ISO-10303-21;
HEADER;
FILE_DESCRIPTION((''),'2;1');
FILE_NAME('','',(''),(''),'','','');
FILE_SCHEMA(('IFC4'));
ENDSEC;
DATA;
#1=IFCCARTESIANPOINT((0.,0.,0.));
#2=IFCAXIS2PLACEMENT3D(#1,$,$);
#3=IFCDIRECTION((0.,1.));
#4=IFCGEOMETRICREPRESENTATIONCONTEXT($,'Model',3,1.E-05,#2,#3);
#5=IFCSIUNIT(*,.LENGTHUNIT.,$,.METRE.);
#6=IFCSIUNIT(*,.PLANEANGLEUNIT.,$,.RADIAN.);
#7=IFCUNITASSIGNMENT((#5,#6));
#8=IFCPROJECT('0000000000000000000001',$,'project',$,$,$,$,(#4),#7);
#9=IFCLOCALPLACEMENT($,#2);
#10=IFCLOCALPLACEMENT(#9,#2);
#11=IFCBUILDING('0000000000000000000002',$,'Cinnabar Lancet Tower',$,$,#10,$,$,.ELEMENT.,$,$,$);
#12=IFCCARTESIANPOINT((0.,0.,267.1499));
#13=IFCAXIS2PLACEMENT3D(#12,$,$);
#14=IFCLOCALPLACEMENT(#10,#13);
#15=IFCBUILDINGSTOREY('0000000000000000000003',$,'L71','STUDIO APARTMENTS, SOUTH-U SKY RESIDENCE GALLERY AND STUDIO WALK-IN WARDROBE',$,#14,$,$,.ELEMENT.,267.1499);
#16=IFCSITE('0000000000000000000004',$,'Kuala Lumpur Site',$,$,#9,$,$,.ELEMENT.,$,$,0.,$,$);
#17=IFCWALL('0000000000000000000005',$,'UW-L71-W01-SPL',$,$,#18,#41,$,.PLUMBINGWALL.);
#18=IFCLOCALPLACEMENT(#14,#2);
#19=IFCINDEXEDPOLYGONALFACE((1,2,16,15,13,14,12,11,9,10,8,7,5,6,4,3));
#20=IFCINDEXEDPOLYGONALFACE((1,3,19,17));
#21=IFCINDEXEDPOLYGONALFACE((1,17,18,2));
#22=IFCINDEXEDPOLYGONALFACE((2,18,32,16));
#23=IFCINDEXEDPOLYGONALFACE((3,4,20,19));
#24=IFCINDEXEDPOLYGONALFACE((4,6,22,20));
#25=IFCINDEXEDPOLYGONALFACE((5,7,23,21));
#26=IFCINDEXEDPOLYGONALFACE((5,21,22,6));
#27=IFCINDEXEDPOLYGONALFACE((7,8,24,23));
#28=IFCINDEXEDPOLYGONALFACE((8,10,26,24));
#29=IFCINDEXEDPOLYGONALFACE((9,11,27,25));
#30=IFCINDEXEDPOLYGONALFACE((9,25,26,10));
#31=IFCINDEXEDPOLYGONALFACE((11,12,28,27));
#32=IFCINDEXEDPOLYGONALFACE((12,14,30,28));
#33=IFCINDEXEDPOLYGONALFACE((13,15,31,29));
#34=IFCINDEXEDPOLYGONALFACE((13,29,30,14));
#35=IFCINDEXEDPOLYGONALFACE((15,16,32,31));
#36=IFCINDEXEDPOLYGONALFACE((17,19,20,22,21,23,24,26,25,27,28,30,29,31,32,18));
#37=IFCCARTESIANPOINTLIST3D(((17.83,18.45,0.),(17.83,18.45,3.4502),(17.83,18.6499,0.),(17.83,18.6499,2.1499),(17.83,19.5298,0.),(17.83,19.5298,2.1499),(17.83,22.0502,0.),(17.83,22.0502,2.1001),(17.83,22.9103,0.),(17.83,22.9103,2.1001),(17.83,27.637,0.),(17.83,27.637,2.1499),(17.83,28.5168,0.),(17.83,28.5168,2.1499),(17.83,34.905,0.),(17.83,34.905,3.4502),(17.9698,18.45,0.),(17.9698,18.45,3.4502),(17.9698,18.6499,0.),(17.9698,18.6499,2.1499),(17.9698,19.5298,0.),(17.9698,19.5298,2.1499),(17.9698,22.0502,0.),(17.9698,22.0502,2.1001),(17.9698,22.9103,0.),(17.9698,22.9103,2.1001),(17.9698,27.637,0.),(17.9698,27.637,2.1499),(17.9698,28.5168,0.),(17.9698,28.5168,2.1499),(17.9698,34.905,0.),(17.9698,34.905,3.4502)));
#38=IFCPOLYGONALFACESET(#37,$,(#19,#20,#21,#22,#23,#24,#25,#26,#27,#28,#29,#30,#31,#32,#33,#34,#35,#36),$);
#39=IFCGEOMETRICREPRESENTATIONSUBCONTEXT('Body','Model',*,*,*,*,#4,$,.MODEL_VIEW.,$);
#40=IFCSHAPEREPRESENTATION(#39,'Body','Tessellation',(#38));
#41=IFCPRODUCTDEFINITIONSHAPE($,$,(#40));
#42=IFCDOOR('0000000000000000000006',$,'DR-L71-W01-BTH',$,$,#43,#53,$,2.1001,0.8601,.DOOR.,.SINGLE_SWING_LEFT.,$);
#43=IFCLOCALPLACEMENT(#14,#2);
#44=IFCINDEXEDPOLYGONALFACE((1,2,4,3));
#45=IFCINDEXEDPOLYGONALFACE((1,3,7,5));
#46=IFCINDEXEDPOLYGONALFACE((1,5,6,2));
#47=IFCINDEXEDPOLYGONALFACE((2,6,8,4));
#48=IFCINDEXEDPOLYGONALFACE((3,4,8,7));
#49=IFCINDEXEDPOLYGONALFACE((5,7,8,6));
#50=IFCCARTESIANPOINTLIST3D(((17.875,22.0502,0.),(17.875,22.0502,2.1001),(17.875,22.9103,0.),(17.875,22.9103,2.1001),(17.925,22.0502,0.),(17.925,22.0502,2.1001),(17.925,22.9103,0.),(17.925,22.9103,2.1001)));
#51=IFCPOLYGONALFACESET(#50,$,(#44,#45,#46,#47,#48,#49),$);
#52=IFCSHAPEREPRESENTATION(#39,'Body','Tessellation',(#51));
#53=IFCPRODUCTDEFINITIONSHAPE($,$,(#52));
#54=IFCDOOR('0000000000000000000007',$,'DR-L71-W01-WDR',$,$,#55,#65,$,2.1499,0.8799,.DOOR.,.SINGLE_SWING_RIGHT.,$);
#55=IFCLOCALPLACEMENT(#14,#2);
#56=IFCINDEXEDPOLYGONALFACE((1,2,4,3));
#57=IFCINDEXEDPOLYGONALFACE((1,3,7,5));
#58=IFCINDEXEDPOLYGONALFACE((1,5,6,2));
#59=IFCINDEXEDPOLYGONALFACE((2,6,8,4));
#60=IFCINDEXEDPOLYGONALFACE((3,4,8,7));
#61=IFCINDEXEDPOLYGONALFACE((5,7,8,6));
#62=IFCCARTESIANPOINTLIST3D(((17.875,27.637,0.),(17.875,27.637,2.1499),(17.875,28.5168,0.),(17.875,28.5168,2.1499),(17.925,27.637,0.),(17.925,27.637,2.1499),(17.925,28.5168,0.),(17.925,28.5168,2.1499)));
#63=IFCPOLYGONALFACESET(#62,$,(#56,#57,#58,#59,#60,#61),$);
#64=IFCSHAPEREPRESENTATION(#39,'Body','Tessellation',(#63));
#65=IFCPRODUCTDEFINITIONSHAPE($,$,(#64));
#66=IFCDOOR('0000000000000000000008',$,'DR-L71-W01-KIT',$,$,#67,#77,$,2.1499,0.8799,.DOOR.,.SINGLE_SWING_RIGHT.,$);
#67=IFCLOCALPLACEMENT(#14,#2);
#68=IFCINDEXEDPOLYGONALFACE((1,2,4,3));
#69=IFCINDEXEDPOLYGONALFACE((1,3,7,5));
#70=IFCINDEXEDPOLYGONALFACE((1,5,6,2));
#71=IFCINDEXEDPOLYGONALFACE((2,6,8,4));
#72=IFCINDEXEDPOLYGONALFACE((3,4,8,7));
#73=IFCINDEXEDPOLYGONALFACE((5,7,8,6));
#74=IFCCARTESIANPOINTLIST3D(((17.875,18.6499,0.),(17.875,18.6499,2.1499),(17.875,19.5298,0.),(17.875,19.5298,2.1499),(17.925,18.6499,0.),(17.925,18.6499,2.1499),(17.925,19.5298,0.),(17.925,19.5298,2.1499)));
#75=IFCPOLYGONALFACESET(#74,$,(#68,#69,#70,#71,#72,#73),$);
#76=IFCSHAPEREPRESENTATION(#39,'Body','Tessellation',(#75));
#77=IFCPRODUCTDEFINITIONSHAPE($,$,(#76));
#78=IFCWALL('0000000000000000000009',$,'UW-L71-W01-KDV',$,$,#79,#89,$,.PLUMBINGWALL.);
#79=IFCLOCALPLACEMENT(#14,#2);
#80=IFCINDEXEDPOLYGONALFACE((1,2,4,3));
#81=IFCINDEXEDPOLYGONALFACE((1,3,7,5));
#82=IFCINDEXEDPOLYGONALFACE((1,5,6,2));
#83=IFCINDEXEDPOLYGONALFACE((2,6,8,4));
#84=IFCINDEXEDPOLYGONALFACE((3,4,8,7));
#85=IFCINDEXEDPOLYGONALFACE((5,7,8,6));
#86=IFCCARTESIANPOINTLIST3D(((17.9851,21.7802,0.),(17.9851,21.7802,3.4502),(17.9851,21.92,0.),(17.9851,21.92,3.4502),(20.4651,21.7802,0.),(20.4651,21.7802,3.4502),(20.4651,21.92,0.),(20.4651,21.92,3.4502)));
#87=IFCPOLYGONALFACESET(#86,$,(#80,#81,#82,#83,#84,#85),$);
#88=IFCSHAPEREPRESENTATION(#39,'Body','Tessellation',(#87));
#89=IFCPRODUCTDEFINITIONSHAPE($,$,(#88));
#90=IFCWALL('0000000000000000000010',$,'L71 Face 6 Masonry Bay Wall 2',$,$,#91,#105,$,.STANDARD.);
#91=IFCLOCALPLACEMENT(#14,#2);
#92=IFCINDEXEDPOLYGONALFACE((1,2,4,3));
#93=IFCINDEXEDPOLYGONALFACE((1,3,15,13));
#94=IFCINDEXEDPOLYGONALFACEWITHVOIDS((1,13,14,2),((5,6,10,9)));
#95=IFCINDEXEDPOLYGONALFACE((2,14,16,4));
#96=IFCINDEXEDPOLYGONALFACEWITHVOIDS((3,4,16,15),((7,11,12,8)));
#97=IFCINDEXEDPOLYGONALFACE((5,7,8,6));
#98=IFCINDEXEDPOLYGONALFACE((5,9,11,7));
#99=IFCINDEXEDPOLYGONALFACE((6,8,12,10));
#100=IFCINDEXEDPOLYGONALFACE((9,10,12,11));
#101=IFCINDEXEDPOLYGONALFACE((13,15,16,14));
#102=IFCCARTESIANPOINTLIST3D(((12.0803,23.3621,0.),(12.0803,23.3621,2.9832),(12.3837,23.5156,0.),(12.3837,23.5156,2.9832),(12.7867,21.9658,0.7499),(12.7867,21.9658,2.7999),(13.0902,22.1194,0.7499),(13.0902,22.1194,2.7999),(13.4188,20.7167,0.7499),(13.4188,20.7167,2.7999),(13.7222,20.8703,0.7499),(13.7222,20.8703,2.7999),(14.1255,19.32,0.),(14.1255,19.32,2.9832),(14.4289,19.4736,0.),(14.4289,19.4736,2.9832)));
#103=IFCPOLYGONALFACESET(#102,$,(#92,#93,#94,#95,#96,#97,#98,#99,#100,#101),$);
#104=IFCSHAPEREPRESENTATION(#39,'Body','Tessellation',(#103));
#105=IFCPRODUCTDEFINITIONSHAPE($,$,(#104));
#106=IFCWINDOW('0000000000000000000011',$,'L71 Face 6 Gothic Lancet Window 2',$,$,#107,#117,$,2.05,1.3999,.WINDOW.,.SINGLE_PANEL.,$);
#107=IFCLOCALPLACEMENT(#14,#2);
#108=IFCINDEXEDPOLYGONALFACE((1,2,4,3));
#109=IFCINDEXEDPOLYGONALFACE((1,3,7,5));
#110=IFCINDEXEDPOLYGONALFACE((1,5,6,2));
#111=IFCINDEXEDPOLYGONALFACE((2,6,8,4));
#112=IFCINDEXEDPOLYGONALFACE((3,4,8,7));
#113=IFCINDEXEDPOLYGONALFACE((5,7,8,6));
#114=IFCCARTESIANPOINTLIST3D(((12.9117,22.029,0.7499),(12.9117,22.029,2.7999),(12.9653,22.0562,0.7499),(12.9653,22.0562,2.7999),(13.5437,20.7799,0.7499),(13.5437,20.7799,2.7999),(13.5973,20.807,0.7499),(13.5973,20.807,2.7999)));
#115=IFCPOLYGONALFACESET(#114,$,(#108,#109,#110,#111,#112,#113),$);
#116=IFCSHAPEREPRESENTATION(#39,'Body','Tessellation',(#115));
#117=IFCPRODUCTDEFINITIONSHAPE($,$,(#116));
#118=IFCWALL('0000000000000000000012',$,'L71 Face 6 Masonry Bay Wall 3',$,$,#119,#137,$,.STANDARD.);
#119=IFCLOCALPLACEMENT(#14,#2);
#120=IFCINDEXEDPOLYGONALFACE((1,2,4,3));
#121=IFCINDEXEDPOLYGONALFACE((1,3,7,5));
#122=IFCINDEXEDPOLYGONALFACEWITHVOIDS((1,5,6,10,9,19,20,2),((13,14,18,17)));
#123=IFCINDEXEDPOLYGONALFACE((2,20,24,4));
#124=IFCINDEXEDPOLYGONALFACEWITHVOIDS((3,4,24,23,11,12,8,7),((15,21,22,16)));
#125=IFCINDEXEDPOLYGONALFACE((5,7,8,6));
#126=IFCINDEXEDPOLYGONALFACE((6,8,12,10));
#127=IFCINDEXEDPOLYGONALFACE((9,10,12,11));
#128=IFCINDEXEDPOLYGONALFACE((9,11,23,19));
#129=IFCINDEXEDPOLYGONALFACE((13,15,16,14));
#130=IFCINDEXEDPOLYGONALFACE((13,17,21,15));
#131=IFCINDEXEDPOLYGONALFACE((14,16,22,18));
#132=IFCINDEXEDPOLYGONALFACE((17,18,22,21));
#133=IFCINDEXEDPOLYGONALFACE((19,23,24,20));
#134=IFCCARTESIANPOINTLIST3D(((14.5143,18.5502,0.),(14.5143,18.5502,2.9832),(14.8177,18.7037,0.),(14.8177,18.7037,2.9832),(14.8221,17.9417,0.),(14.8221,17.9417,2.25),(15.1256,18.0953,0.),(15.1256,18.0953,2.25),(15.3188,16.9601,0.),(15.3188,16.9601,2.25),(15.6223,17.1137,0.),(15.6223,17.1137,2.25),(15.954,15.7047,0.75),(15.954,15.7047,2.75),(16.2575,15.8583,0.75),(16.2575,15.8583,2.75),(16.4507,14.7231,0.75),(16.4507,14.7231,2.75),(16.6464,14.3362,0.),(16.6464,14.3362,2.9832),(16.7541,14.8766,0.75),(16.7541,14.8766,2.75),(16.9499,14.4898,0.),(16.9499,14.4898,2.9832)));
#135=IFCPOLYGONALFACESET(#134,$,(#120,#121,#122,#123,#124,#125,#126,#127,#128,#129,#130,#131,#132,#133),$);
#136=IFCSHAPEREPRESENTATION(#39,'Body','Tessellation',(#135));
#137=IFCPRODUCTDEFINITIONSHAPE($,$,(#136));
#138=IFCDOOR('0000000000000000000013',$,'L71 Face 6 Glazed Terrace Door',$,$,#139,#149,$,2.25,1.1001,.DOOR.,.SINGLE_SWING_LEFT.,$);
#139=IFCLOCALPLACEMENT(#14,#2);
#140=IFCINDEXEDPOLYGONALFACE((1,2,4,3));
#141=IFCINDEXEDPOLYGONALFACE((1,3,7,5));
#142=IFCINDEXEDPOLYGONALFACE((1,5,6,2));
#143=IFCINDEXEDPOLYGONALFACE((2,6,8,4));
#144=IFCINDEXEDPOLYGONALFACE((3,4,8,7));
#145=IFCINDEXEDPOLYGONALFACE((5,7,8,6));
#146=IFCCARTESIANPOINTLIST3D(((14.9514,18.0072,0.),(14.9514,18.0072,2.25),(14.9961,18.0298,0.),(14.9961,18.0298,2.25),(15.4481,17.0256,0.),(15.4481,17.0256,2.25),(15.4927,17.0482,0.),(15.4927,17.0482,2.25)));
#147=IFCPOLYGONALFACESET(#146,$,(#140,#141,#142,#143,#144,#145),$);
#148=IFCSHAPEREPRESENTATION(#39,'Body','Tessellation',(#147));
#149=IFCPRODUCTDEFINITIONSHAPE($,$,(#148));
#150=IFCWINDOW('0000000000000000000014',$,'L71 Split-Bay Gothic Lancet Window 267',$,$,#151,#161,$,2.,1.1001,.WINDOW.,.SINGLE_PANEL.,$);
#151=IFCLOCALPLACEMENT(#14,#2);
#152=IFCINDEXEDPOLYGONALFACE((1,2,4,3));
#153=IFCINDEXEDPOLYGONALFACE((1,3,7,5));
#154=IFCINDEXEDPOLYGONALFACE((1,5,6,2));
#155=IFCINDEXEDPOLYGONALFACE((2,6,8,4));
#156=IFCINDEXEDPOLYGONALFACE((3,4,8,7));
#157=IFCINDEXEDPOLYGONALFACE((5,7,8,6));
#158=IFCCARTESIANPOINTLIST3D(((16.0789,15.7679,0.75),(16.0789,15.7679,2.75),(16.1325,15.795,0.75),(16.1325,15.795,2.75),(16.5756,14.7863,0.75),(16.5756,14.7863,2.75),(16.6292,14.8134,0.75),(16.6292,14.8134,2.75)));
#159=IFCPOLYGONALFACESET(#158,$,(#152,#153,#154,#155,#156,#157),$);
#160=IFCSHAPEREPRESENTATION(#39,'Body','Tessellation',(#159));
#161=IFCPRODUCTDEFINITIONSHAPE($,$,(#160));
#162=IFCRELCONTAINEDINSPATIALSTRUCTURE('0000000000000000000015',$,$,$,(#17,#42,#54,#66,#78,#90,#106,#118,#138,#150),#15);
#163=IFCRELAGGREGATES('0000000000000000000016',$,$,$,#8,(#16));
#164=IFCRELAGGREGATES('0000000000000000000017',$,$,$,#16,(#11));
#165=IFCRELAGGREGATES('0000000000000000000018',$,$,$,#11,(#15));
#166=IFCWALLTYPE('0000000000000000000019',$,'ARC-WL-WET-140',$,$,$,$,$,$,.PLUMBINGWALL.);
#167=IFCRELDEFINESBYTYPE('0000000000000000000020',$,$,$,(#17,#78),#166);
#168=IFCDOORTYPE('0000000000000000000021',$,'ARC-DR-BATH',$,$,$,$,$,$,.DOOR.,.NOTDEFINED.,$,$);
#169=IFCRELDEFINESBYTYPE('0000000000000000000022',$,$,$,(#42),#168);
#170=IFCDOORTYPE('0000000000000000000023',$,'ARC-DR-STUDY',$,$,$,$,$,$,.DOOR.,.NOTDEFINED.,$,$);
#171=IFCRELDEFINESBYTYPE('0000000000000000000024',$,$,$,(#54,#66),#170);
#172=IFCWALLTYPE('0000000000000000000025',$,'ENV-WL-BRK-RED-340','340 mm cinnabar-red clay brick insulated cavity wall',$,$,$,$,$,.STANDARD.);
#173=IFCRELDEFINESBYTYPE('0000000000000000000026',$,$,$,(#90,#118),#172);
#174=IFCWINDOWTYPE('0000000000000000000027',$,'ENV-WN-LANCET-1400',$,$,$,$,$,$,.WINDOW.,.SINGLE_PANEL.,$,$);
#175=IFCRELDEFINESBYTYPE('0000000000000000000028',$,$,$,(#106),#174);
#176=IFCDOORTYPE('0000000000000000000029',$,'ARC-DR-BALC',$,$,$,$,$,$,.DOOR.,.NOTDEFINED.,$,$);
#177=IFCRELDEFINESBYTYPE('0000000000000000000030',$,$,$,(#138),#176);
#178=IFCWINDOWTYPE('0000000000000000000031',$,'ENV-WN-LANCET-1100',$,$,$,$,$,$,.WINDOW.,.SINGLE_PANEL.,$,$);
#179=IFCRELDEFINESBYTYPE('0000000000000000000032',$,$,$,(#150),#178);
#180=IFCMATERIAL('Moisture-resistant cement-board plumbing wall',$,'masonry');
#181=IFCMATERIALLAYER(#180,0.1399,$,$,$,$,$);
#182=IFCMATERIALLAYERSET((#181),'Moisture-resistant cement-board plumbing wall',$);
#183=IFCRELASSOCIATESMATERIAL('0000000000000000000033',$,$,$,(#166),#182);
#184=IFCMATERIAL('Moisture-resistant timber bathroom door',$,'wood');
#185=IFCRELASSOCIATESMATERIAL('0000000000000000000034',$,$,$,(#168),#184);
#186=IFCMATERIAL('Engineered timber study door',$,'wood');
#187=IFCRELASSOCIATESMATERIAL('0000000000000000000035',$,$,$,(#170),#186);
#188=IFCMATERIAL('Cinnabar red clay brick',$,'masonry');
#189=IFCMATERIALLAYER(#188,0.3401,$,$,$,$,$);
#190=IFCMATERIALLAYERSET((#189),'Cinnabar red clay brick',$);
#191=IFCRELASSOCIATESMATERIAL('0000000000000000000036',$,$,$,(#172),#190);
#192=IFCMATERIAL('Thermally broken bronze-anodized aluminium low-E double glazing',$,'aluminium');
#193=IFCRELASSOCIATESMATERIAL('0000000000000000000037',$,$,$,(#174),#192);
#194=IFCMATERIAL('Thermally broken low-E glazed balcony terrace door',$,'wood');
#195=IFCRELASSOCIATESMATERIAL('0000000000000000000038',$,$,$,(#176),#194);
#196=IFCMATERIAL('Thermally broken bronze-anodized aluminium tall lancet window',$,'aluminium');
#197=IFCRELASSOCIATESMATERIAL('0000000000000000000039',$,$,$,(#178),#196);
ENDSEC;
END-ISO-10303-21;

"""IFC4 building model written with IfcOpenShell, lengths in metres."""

from ifc_helpers import new_model, si_unit, direction, frame, frame_2d, origin, place, context, subcontext, project, spatial, rectangle, extrude, material, layer, layer_set, type_object, element, fill, save


model = new_model("IFC4")

# Units and contexts
model_context = context("Model", 3, precision=1e-05, world=origin(), true_north=direction((0.0, 1.0)))
body_context = subcontext(model_context, "Body", "Model", "MODEL_VIEW")
ifc_project = project(units=[si_unit("LENGTHUNIT", "METRE"), si_unit("PLANEANGLEUNIT", "RADIAN")], contexts=[model_context])

# Site, building, storey
site_placement = place(None, origin())
site = spatial("IfcSite", under=ifc_project, at=site_placement, Name="Kuala Lumpur Site", CompositionType="ELEMENT", RefElevation=0.0)
building_placement = place(site_placement, origin())
building = spatial("IfcBuilding", under=site, at=building_placement, Name="Cinnabar Lancet Tower", CompositionType="ELEMENT")
storey_placement = place(building_placement, frame((0.0, 0.0, 267.1499)))
storey = spatial("IfcBuildingStorey", under=building, at=storey_placement, Name="L71", Description="STUDIO APARTMENTS, SOUTH-U SKY RESIDENCE GALLERY AND STUDIO WALK-IN WARDROBE", CompositionType="ELEMENT", Elevation=267.1499)

# Wall, openings, doors
ifc_material_1 = material(Name="Moisture-resistant cement-board plumbing wall", Category="masonry")
ifc_layer_1 = layer(ifc_material_1, 0.1399)
ifc_layer_set_1 = layer_set([ifc_layer_1], Name="Moisture-resistant cement-board plumbing wall")
wall_type_1 = type_object("IfcWallType", Name="ARC-WL-WET-140", PredefinedType="PLUMBINGWALL", material=ifc_layer_set_1)
wall_1_placement = place(storey_placement, frame((17.8999, 18.45, 0.0), z_axis=(0.0, 0.0, 1.0), x_axis=(0.0, 1.0, 0.0)))
wall_1 = element("IfcWall", 1, at=wall_1_placement, inside=storey, type_object=wall_type_1, Name="UW-L71-W01-SPL", PredefinedType="PLUMBINGWALL", context=body_context, shape_type="SweptSolid", body=[
    extrude(rectangle(XDim=16.4551, YDim=0.1399, at=frame_2d((8.2275, 0.0))), origin(), (0.0, 0.0, 1.0), 3.4502),
])
opening_1_placement = place(wall_1_placement, frame((3.6001, 0.0, 0.0)))
opening_1 = element("IfcOpeningElement", 2, at=opening_1_placement, cuts=wall_1, PredefinedType="OPENING", context=body_context, shape_type="SweptSolid", body=[
    extrude(rectangle(XDim=0.8601, YDim=2.1001, at=frame_2d((0.4302, 1.05))), frame((0.0, 0.0798, 0.0), z_axis=(0.0, -1.0, 0.0), x_axis=(1.0, 0.0, 0.0)), (0.0, 0.0, 1.0), 0.1599),
])
opening_2_placement = place(wall_1_placement, frame((9.187, 0.0, 0.0)))
opening_2 = element("IfcOpeningElement", 3, at=opening_2_placement, cuts=wall_1, PredefinedType="OPENING", context=body_context, shape_type="SweptSolid", body=[
    extrude(rectangle(XDim=0.8799, YDim=2.1499, at=frame_2d((0.4399, 1.075))), frame((0.0, 0.0798, 0.0), z_axis=(0.0, -1.0, 0.0), x_axis=(1.0, 0.0, 0.0)), (0.0, 0.0, 1.0), 0.1599),
])
opening_3_placement = place(wall_1_placement, frame((0.2, 0.0, 0.0)))
opening_3 = element("IfcOpeningElement", 4, at=opening_3_placement, cuts=wall_1, PredefinedType="OPENING", context=body_context, shape_type="SweptSolid", body=[
    extrude(rectangle(XDim=0.8799, YDim=2.1499, at=frame_2d((0.4399, 1.075))), frame((0.0, 0.0798, 0.0), z_axis=(0.0, -1.0, 0.0), x_axis=(1.0, 0.0, 0.0)), (0.0, 0.0, 1.0), 0.1599),
])
ifc_material_2 = material(Name="Moisture-resistant timber bathroom door", Category="wood")
door_type_1 = type_object("IfcDoorType", Name="ARC-DR-BATH", OperationType="NOTDEFINED", PredefinedType="DOOR", material=ifc_material_2)
door_1_placement = place(opening_1_placement, origin())
door_1 = element("IfcDoor", 5, at=door_1_placement, inside=storey, type_object=door_type_1, Name="DR-L71-W01-BTH", OperationType="SINGLE_SWING_LEFT", OverallHeight=2.1001, OverallWidth=0.8601, PredefinedType="DOOR", context=body_context, shape_type="SweptSolid", body=[
    extrude(rectangle(XDim=0.8601, YDim=2.1001, at=frame_2d((0.4302, 1.05))), frame((0.0, 0.0249, 0.0), z_axis=(0.0, -1.0, 0.0), x_axis=(1.0, 0.0, 0.0)), (0.0, 0.0, 1.0), 0.05),
])
fill(opening_1, door_1)
ifc_material_3 = material(Name="Engineered timber study door", Category="wood")
door_type_2 = type_object("IfcDoorType", Name="ARC-DR-STUDY", OperationType="NOTDEFINED", PredefinedType="DOOR", material=ifc_material_3)
door_2_placement = place(opening_2_placement, origin())
door_2 = element("IfcDoor", 6, at=door_2_placement, inside=storey, type_object=door_type_2, Name="DR-L71-W01-WDR", OperationType="SINGLE_SWING_RIGHT", OverallHeight=2.1499, OverallWidth=0.8799, PredefinedType="DOOR", context=body_context, shape_type="SweptSolid", body=[
    extrude(rectangle(XDim=0.8799, YDim=2.1499, at=frame_2d((0.4399, 1.075))), frame((0.0, 0.0249, 0.0), z_axis=(0.0, -1.0, 0.0), x_axis=(1.0, 0.0, 0.0)), (0.0, 0.0, 1.0), 0.05),
])
fill(opening_2, door_2)
door_3_placement = place(opening_3_placement, origin())
door_3 = element("IfcDoor", 7, at=door_3_placement, inside=storey, type_object=door_type_2, Name="DR-L71-W01-KIT", OperationType="SINGLE_SWING_RIGHT", OverallHeight=2.1499, OverallWidth=0.8799, PredefinedType="DOOR", context=body_context, shape_type="SweptSolid", body=[
    extrude(rectangle(XDim=0.8799, YDim=2.1499, at=frame_2d((0.4399, 1.075))), frame((0.0, 0.0249, 0.0), z_axis=(0.0, -1.0, 0.0), x_axis=(1.0, 0.0, 0.0)), (0.0, 0.0, 1.0), 0.05),
])
fill(opening_3, door_3)

# Wall
wall_2_placement = place(storey_placement, frame((17.9851, 21.8501, 0.0), z_axis=(0.0, 0.0, 1.0), x_axis=(1.0, 0.0, 0.0)))
element("IfcWall", 8, at=wall_2_placement, inside=storey, type_object=wall_type_1, Name="UW-L71-W01-KDV", PredefinedType="PLUMBINGWALL", context=body_context, shape_type="SweptSolid", body=[
    extrude(rectangle(XDim=2.48, YDim=0.1399, at=frame_2d((1.24, 0.0))), origin(), (0.0, 0.0, 1.0), 3.4502),
])

# Wall, opening, window
ifc_material_4 = material(Name="Cinnabar red clay brick", Category="masonry")
ifc_layer_2 = layer(ifc_material_4, 0.3401)
ifc_layer_set_2 = layer_set([ifc_layer_2], Name="Cinnabar red clay brick")
wall_type_2 = type_object("IfcWallType", Name="ENV-WL-BRK-RED-340", Description="340 mm cinnabar-red clay brick insulated cavity wall", PredefinedType="STANDARD", material=ifc_layer_set_2)
wall_3_placement = place(storey_placement, frame((12.2319, 23.439, 0.0), z_axis=(0.0, 0.0, 1.0), x_axis=(0.451477, -0.892283, 0.0)))
wall_3 = element("IfcWall", 9, at=wall_3_placement, inside=storey, type_object=wall_type_2, Name="L71 Face 6 Masonry Bay Wall 2", PredefinedType="STANDARD", context=body_context, shape_type="SweptSolid", body=[
    extrude(rectangle(XDim=4.53, YDim=0.3401, at=frame_2d((2.2651, 0.0))), origin(), (0.0, 0.0, 1.0), 2.9832),
])
opening_4_placement = place(wall_3_placement, frame((1.5649, 0.0, 0.75)))
opening_4 = element("IfcOpeningElement", 10, at=opening_4_placement, cuts=wall_3, PredefinedType="OPENING", context=body_context, shape_type="SweptSolid", body=[
    extrude(rectangle(XDim=1.3999, YDim=2.05, at=frame_2d((0.7, 1.0249))), frame((0.0, 0.1799, 0.0), z_axis=(0.0, -1.0, 0.0), x_axis=(1.0, 0.0, 0.0)), (0.0, 0.0, 1.0), 0.3601),
])
ifc_material_5 = material(Name="Thermally broken bronze-anodized aluminium low-E double glazing", Category="aluminium")
window_type_1 = type_object("IfcWindowType", Name="ENV-WN-LANCET-1400", PartitioningType="SINGLE_PANEL", PredefinedType="WINDOW", material=ifc_material_5)
window_1_placement = place(opening_4_placement, origin())
window_1 = element("IfcWindow", 11, at=window_1_placement, inside=storey, type_object=window_type_1, Name="L71 Face 6 Gothic Lancet Window 2", OverallHeight=2.05, OverallWidth=1.3999, PartitioningType="SINGLE_PANEL", PredefinedType="WINDOW", context=body_context, shape_type="SweptSolid", body=[
    extrude(rectangle(XDim=1.3999, YDim=2.05, at=frame_2d((0.7, 1.0249))), frame((0.0, 0.03, 0.0), z_axis=(0.0, -1.0, 0.0), x_axis=(1.0, 0.0, 0.0)), (0.0, 0.0, 1.0), 0.0601),
])
fill(opening_4, window_1)

# Wall, openings, door, window
wall_4_placement = place(storey_placement, frame((14.666, 18.627, 0.0), z_axis=(0.0, 0.0, 1.0), x_axis=(0.451468, -0.892287, 0.0)))
wall_4 = element("IfcWall", 12, at=wall_4_placement, inside=storey, type_object=wall_type_2, Name="L71 Face 6 Masonry Bay Wall 3", PredefinedType="STANDARD", context=body_context, shape_type="SweptSolid", body=[
    extrude(rectangle(XDim=4.7227, YDim=0.3401, at=frame_2d((2.3613, 0.0))), origin(), (0.0, 0.0, 1.0), 2.9832),
])
opening_5_placement = place(wall_4_placement, frame((0.6819, 0.0, 0.0)))
opening_5 = element("IfcOpeningElement", 13, at=opening_5_placement, cuts=wall_4, PredefinedType="OPENING", context=body_context, shape_type="SweptSolid", body=[
    extrude(rectangle(XDim=1.1001, YDim=2.25, at=frame_2d((0.55, 1.125))), frame((0.0, 0.1799, 0.0), z_axis=(0.0, -1.0, 0.0), x_axis=(1.0, 0.0, 0.0)), (0.0, 0.0, 1.0), 0.3601),
])
opening_6_placement = place(wall_4_placement, frame((3.189, 0.0, 0.75)))
opening_6 = element("IfcOpeningElement", 14, at=opening_6_placement, cuts=wall_4, PredefinedType="OPENING", context=body_context, shape_type="SweptSolid", body=[
    extrude(rectangle(XDim=1.1001, YDim=2.0, at=frame_2d((0.55, 1.0))), frame((0.0, 0.1799, 0.0), z_axis=(0.0, -1.0, 0.0), x_axis=(1.0, 0.0, 0.0)), (0.0, 0.0, 1.0), 0.3601),
])
ifc_material_6 = material(Name="Thermally broken low-E glazed balcony terrace door", Category="wood")
door_type_3 = type_object("IfcDoorType", Name="ARC-DR-BALC", OperationType="NOTDEFINED", PredefinedType="DOOR", material=ifc_material_6)
door_4_placement = place(opening_5_placement, origin())
door_4 = element("IfcDoor", 15, at=door_4_placement, inside=storey, type_object=door_type_3, Name="L71 Face 6 Glazed Terrace Door", OperationType="SINGLE_SWING_LEFT", OverallHeight=2.25, OverallWidth=1.1001, PredefinedType="DOOR", context=body_context, shape_type="SweptSolid", body=[
    extrude(rectangle(XDim=1.1001, YDim=2.25, at=frame_2d((0.55, 1.125))), frame((0.0, 0.0249, 0.0), z_axis=(0.0, -1.0, 0.0), x_axis=(1.0, 0.0, 0.0)), (0.0, 0.0, 1.0), 0.05),
])
fill(opening_5, door_4)
ifc_material_7 = material(Name="Thermally broken bronze-anodized aluminium tall lancet window", Category="aluminium")
window_type_2 = type_object("IfcWindowType", Name="ENV-WN-LANCET-1100", PartitioningType="SINGLE_PANEL", PredefinedType="WINDOW", material=ifc_material_7)
window_2_placement = place(opening_6_placement, origin())
window_2 = element("IfcWindow", 16, at=window_2_placement, inside=storey, type_object=window_type_2, Name="L71 Split-Bay Gothic Lancet Window 267", OverallHeight=2.0, OverallWidth=1.1001, PartitioningType="SINGLE_PANEL", PredefinedType="WINDOW", context=body_context, shape_type="SweptSolid", body=[
    extrude(rectangle(XDim=1.1001, YDim=2.0, at=frame_2d((0.55, 1.0))), frame((0.0, 0.03, 0.0), z_axis=(0.0, -1.0, 0.0), x_axis=(1.0, 0.0, 0.0)), (0.0, 0.0, 1.0), 0.0601),
])
fill(opening_6, window_2)

save(model, "model.ifc")
